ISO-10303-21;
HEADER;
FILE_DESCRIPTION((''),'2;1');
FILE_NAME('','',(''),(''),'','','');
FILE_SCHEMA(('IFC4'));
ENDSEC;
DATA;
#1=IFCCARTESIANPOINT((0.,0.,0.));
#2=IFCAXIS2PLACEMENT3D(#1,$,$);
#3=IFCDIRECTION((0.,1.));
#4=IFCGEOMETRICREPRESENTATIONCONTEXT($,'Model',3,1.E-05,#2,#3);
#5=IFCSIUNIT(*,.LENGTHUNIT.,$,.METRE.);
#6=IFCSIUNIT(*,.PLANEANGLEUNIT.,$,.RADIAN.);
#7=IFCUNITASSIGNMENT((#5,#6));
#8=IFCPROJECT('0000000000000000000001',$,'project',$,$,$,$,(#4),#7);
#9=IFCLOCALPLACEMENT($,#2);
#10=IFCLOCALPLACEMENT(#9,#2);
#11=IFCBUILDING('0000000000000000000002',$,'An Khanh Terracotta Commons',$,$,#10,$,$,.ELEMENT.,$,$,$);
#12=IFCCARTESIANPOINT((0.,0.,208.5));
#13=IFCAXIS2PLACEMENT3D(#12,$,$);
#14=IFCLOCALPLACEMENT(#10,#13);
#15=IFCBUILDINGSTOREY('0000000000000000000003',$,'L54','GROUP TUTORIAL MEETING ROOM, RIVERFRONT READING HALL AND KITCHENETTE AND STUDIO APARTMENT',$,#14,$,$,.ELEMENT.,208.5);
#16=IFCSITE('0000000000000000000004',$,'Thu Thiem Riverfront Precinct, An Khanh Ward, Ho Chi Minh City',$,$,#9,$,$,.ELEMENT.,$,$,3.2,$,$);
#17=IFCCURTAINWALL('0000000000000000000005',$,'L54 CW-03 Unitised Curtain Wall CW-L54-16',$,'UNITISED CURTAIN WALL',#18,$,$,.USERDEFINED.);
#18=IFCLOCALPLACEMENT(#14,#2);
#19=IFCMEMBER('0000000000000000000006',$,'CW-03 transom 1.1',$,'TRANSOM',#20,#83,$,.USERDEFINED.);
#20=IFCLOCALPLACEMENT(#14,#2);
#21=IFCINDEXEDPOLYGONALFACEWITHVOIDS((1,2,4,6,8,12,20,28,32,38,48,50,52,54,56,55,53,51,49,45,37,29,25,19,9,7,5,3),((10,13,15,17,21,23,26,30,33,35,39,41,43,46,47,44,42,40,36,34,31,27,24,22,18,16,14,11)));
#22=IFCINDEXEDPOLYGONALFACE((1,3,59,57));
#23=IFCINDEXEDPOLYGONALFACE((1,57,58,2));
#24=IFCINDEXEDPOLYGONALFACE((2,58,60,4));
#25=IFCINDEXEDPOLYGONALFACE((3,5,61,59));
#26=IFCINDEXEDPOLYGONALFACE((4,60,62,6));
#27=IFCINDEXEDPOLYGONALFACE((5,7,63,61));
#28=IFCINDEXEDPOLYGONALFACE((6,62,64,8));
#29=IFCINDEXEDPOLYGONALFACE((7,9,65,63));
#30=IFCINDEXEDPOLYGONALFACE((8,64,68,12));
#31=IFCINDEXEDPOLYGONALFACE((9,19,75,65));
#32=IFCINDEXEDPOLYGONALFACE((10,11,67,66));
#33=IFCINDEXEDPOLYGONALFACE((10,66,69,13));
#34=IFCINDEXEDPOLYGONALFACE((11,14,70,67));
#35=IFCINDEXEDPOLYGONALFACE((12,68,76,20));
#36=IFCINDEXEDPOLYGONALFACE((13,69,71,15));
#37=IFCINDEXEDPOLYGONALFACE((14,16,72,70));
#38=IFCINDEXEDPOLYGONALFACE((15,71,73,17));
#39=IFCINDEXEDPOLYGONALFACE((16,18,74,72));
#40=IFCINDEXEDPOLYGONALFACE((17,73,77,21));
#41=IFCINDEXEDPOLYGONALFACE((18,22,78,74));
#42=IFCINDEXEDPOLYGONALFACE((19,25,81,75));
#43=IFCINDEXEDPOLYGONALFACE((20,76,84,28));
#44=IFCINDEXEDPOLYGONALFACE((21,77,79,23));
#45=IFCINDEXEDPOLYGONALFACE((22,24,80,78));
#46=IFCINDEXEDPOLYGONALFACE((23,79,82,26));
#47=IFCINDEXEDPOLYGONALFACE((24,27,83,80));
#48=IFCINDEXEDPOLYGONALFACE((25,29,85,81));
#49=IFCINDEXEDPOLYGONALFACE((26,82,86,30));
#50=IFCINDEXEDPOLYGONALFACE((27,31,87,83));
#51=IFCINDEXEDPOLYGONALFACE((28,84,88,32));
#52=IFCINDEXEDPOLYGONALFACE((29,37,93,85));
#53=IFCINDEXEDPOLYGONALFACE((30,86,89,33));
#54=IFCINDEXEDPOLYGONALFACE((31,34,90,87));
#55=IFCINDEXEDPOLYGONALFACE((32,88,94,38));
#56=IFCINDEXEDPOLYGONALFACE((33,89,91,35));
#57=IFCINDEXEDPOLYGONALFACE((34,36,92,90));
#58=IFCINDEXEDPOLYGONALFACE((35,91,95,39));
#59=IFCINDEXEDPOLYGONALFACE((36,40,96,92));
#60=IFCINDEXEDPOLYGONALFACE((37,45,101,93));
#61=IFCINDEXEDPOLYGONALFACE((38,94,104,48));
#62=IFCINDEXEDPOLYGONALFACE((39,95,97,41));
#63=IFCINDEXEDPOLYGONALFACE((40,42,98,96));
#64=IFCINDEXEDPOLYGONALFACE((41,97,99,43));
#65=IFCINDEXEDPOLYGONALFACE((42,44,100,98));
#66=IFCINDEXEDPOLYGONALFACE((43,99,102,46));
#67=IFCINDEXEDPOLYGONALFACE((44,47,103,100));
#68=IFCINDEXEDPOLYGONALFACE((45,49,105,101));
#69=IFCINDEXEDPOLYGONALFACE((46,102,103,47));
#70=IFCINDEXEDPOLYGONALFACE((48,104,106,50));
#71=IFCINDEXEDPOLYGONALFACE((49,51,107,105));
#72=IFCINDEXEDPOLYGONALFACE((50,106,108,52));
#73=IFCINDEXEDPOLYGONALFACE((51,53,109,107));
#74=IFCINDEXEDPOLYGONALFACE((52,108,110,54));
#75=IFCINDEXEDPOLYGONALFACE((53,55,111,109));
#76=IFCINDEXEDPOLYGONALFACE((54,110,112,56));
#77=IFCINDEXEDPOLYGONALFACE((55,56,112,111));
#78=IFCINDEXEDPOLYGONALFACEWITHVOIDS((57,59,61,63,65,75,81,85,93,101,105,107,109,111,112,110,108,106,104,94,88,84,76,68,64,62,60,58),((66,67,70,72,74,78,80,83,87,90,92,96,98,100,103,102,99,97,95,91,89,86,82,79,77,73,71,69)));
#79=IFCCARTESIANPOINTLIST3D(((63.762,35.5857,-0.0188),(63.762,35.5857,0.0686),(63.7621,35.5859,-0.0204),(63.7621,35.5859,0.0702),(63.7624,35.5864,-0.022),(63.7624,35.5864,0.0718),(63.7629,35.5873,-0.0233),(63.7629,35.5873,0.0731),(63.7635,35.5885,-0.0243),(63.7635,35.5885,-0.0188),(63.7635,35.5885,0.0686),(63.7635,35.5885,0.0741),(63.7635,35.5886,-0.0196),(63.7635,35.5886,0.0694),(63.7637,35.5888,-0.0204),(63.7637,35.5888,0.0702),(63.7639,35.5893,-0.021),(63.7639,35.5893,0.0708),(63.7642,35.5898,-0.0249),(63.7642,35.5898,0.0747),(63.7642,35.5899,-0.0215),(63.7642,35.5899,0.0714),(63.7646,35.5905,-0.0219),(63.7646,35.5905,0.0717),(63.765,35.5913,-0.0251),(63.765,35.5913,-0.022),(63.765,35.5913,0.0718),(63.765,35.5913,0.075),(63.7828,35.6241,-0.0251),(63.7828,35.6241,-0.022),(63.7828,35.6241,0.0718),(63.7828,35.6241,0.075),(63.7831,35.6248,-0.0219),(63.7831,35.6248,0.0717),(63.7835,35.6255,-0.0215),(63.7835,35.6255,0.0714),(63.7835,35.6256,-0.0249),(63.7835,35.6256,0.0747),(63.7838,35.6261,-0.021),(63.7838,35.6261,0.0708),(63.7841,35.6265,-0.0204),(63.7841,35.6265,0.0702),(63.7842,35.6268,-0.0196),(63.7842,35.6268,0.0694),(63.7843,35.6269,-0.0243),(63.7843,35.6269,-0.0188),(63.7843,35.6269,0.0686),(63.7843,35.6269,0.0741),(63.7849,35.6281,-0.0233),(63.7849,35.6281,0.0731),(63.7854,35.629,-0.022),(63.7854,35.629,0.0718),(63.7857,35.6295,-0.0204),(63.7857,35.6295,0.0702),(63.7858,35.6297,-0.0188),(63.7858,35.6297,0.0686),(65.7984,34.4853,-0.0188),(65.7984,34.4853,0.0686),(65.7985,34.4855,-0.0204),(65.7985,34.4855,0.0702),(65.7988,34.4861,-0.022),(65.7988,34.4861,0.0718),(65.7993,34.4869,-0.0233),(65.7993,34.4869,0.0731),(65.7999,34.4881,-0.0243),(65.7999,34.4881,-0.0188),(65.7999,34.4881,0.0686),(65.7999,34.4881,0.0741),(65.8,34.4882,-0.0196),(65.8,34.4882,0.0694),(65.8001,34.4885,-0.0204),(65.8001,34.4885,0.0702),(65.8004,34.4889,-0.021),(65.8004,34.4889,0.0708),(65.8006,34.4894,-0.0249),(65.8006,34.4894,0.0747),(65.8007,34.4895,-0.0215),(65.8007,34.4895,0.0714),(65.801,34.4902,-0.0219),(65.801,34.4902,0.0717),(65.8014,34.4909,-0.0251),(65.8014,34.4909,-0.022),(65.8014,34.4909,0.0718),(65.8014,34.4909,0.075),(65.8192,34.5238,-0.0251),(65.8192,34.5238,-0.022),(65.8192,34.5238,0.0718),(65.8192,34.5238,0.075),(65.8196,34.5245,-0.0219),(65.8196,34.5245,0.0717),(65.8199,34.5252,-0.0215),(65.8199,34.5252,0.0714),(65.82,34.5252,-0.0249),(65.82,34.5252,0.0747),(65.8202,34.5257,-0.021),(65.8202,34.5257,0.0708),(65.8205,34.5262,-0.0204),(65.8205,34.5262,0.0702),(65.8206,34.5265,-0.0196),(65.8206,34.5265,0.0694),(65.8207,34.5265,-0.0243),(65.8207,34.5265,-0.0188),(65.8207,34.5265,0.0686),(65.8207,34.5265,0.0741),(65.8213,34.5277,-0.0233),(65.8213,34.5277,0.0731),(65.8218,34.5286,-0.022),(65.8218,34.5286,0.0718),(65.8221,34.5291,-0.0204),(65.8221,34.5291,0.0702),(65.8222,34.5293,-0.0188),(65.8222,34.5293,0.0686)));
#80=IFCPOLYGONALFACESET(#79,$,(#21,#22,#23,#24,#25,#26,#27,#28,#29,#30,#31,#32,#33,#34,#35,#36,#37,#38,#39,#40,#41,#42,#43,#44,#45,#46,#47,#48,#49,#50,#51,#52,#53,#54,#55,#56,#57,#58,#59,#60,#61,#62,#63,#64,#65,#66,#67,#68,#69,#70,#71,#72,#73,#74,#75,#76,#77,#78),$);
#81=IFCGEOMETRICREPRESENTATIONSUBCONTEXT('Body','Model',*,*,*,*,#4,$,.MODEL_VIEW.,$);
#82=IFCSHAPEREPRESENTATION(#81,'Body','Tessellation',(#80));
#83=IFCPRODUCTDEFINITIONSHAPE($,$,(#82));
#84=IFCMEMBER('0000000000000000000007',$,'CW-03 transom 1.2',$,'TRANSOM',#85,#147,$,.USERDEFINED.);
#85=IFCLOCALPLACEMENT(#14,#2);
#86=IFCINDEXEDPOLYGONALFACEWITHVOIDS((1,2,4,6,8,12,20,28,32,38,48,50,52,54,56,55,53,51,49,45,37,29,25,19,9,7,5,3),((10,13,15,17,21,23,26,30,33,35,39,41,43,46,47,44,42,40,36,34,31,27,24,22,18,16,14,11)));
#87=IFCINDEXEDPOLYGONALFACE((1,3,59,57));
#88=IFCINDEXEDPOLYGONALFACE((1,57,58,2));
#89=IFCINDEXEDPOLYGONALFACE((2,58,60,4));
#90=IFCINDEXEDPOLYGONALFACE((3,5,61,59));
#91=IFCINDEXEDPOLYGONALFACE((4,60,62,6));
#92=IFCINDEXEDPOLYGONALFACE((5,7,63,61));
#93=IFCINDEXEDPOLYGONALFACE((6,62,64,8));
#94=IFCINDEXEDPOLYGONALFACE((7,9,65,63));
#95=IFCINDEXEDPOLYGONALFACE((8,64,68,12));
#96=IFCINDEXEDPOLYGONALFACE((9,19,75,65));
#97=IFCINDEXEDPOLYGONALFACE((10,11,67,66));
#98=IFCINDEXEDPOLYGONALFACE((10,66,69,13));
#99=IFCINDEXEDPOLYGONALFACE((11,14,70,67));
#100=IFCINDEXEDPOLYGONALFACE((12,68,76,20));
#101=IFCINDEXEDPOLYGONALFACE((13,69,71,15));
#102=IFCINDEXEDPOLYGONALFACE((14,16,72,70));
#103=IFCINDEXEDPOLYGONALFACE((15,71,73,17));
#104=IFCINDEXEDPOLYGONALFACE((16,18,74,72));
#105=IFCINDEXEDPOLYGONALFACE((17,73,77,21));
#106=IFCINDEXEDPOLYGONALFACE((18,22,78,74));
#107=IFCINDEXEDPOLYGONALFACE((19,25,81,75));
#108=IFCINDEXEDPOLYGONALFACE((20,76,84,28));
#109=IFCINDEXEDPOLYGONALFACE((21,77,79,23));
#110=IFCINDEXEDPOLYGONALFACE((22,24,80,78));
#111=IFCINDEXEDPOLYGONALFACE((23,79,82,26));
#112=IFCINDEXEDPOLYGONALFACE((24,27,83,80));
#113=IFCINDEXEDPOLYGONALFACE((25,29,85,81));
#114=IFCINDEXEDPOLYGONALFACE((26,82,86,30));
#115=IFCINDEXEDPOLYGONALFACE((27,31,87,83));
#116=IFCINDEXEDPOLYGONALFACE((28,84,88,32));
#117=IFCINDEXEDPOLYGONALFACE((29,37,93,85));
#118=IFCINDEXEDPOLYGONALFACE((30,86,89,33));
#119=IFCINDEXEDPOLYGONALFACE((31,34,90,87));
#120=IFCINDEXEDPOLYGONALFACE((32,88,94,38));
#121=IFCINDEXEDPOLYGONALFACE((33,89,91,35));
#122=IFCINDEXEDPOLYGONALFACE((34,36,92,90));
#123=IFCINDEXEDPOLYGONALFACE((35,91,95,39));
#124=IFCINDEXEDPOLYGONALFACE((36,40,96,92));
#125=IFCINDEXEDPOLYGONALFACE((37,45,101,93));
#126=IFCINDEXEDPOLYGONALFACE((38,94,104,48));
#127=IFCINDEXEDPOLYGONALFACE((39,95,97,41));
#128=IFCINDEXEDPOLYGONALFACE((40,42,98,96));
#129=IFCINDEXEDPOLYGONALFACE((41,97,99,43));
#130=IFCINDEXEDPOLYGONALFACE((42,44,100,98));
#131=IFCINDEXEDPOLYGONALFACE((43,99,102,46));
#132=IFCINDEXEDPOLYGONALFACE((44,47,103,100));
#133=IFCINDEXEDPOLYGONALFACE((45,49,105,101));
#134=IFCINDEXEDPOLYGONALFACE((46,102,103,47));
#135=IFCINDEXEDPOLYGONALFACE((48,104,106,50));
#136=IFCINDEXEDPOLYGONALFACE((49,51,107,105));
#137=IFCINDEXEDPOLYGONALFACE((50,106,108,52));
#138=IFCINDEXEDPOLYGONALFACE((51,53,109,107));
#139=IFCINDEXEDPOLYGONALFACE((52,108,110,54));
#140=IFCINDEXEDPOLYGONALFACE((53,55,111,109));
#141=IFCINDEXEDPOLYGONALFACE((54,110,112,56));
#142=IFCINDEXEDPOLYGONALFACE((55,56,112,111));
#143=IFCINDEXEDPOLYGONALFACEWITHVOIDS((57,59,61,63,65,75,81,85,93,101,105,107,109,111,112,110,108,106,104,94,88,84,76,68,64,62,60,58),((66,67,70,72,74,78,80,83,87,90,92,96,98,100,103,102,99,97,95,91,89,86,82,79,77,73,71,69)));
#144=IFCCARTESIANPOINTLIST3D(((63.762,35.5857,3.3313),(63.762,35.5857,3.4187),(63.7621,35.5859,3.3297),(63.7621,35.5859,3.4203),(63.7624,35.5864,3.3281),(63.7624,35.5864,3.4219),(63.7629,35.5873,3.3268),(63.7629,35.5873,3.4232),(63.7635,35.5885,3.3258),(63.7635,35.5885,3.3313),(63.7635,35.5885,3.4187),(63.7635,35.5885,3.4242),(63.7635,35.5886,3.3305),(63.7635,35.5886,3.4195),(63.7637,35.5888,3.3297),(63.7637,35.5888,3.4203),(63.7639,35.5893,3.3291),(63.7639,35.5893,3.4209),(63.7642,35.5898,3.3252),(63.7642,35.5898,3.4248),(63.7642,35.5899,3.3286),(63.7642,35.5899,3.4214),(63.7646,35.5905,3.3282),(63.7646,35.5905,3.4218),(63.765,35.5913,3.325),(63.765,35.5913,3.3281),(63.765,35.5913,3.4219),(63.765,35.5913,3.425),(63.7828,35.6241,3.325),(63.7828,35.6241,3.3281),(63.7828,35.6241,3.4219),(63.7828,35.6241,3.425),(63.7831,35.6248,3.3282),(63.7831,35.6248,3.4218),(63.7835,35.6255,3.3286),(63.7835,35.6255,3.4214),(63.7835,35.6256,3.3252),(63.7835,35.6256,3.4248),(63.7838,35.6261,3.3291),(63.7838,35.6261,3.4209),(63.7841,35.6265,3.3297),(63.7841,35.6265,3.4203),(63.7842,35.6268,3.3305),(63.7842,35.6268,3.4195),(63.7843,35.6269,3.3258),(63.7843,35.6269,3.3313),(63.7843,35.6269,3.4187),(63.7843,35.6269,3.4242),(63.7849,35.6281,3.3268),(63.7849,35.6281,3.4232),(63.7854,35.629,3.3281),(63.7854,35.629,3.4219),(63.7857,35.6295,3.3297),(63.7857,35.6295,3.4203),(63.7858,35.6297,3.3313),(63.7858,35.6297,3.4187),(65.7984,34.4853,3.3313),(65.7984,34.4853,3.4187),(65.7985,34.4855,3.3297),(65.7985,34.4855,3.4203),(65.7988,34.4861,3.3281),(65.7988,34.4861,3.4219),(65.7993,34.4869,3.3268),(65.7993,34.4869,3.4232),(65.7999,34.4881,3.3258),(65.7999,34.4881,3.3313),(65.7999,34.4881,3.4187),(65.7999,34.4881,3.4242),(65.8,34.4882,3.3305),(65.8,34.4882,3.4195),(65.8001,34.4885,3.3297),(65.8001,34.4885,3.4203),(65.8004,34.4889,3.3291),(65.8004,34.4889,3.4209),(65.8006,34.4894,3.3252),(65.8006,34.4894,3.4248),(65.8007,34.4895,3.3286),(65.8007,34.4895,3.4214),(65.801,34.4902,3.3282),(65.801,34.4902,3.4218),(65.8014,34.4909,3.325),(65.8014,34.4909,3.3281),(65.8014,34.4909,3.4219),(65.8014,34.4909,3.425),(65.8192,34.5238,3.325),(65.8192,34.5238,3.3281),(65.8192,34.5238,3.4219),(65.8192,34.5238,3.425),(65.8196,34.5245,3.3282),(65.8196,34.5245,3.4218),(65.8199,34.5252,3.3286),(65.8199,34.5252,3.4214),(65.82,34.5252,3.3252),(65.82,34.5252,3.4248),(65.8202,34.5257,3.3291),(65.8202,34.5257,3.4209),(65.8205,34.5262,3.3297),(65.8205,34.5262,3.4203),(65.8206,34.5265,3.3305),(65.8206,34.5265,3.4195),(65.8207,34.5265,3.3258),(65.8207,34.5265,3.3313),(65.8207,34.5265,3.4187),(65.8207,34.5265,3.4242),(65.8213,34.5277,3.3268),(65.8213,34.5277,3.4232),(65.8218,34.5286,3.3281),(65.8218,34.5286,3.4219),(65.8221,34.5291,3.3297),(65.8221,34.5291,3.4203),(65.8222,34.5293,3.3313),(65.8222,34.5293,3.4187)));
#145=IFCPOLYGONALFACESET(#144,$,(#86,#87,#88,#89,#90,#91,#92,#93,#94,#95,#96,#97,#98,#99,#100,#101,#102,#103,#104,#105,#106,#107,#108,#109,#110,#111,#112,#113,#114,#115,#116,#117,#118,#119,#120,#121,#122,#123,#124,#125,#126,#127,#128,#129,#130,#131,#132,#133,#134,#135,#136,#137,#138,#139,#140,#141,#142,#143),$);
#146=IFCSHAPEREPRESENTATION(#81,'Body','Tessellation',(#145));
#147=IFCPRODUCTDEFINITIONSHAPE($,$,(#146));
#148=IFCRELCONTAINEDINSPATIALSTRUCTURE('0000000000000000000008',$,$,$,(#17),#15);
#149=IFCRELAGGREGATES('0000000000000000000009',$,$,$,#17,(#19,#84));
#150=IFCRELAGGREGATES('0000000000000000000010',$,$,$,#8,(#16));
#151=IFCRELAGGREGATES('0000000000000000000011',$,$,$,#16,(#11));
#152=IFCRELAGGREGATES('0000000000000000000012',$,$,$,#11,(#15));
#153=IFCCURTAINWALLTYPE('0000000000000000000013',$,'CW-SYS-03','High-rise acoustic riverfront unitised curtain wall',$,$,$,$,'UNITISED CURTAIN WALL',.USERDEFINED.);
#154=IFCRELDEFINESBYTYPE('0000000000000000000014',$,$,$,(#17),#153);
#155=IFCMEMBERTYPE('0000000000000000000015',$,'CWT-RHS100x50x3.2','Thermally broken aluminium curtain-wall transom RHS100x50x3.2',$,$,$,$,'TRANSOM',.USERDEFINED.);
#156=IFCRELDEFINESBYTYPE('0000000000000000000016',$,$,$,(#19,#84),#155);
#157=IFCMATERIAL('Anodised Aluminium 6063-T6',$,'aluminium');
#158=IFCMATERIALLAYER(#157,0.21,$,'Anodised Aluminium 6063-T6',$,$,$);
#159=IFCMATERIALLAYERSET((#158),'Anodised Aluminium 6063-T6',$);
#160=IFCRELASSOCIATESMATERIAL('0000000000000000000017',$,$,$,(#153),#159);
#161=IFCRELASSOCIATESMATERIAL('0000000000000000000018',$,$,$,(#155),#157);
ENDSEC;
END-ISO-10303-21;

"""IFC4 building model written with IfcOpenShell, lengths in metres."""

from ifc_helpers import new_model, si_unit, direction, frame, origin, origin_2d, place, context, subcontext, project, spatial, hollow_rectangle, extrude, material, layer, layer_set, material_profile, profile_set, type_object, element, aggregate, save


model = new_model("IFC4")

# Units and contexts
model_context = context("Model", 3, precision=1e-05, world=origin(), true_north=direction((0.0, 1.0)))
body_context = subcontext(model_context, "Body", "Model", "MODEL_VIEW")
ifc_project = project(units=[si_unit("LENGTHUNIT", "METRE"), si_unit("PLANEANGLEUNIT", "RADIAN")], contexts=[model_context])

# Site, building, storey
site_placement = place(None, origin())
site = spatial("IfcSite", under=ifc_project, at=site_placement, Name="Thu Thiem Riverfront Precinct, An Khanh Ward, Ho Chi Minh City", CompositionType="ELEMENT", RefElevation=3.2)
building_placement = place(site_placement, origin())
building = spatial("IfcBuilding", under=site, at=building_placement, Name="An Khanh Terracotta Commons", CompositionType="ELEMENT")
storey_placement = place(building_placement, frame((0.0, 0.0, 208.5)))
storey = spatial("IfcBuildingStorey", under=building, at=storey_placement, Name="L54", Description="GROUP TUTORIAL MEETING ROOM, RIVERFRONT READING HALL AND KITCHENETTE AND STUDIO APARTMENT", CompositionType="ELEMENT", Elevation=208.5)

# Curtain wall, members
ifc_material_1 = material(Name="Anodised Aluminium 6063-T6", Category="aluminium")
ifc_layer_1 = layer(ifc_material_1, 0.21, Name="Anodised Aluminium 6063-T6")
ifc_layer_set_1 = layer_set([ifc_layer_1], Name="Anodised Aluminium 6063-T6")
curtain_wall_type_1 = type_object("IfcCurtainWallType", Name="CW-SYS-03", Description="High-rise acoustic riverfront unitised curtain wall", ElementType="UNITISED CURTAIN WALL", PredefinedType="USERDEFINED", material=ifc_layer_set_1)
curtain_wall_1_placement = place(storey_placement, origin())
curtain_wall_1 = element("IfcCurtainWall", 1, at=curtain_wall_1_placement, inside=storey, type_object=curtain_wall_type_1, Name="L54 CW-03 Unitised Curtain Wall CW-L54-16", ObjectType="UNITISED CURTAIN WALL", PredefinedType="USERDEFINED")
ifc_material_profile_1 = material_profile(ifc_material_1, hollow_rectangle(XDim=0.05, YDim=0.1001, WallThickness=0.0032, InnerFilletRadius=0.0032, OuterFilletRadius=0.0063, at=origin_2d()), Name="RHS100x50x3.2")
ifc_profile_set_1 = profile_set([ifc_material_profile_1], Name="Anodised Aluminium 6063-T6")
member_type_1 = type_object("IfcMemberType", Name="CWT-RHS100x50x3.2", Description="Thermally broken aluminium curtain-wall transom RHS100x50x3.2", ElementType="TRANSOM", PredefinedType="USERDEFINED", material=ifc_profile_set_1)
member_1_placement = place(storey_placement, frame((65.8103, 34.5073, 0.0249), z_axis=(-0.879779, 0.475382, 0.0), x_axis=(-0.475382, -0.879779, 0.0)))
member_1 = element("IfcMember", 2, at=member_1_placement, type_object=member_type_1, Name="CW-03 transom 1.1", ObjectType="TRANSOM", PredefinedType="USERDEFINED", context=body_context, shape_type="SweptSolid", body=[
    extrude(hollow_rectangle(XDim=0.05, YDim=0.1001, WallThickness=0.0032, InnerFilletRadius=0.0032, OuterFilletRadius=0.0063, at=origin_2d()), origin(), (0.0, 0.0, 1.0), 2.3147),
])
member_2_placement = place(storey_placement, frame((65.8103, 34.5073, 3.375), z_axis=(-0.879779, 0.475382, 0.0), x_axis=(-0.475382, -0.879779, 0.0)))
member_2 = element("IfcMember", 3, at=member_2_placement, type_object=member_type_1, Name="CW-03 transom 1.2", ObjectType="TRANSOM", PredefinedType="USERDEFINED", context=body_context, shape_type="SweptSolid", body=[
    extrude(hollow_rectangle(XDim=0.05, YDim=0.1001, WallThickness=0.0032, InnerFilletRadius=0.0032, OuterFilletRadius=0.0063, at=origin_2d()), origin(), (0.0, 0.0, 1.0), 2.3147),
])

aggregate(curtain_wall_1, [member_1, member_2])

save(model, "model.ifc")
